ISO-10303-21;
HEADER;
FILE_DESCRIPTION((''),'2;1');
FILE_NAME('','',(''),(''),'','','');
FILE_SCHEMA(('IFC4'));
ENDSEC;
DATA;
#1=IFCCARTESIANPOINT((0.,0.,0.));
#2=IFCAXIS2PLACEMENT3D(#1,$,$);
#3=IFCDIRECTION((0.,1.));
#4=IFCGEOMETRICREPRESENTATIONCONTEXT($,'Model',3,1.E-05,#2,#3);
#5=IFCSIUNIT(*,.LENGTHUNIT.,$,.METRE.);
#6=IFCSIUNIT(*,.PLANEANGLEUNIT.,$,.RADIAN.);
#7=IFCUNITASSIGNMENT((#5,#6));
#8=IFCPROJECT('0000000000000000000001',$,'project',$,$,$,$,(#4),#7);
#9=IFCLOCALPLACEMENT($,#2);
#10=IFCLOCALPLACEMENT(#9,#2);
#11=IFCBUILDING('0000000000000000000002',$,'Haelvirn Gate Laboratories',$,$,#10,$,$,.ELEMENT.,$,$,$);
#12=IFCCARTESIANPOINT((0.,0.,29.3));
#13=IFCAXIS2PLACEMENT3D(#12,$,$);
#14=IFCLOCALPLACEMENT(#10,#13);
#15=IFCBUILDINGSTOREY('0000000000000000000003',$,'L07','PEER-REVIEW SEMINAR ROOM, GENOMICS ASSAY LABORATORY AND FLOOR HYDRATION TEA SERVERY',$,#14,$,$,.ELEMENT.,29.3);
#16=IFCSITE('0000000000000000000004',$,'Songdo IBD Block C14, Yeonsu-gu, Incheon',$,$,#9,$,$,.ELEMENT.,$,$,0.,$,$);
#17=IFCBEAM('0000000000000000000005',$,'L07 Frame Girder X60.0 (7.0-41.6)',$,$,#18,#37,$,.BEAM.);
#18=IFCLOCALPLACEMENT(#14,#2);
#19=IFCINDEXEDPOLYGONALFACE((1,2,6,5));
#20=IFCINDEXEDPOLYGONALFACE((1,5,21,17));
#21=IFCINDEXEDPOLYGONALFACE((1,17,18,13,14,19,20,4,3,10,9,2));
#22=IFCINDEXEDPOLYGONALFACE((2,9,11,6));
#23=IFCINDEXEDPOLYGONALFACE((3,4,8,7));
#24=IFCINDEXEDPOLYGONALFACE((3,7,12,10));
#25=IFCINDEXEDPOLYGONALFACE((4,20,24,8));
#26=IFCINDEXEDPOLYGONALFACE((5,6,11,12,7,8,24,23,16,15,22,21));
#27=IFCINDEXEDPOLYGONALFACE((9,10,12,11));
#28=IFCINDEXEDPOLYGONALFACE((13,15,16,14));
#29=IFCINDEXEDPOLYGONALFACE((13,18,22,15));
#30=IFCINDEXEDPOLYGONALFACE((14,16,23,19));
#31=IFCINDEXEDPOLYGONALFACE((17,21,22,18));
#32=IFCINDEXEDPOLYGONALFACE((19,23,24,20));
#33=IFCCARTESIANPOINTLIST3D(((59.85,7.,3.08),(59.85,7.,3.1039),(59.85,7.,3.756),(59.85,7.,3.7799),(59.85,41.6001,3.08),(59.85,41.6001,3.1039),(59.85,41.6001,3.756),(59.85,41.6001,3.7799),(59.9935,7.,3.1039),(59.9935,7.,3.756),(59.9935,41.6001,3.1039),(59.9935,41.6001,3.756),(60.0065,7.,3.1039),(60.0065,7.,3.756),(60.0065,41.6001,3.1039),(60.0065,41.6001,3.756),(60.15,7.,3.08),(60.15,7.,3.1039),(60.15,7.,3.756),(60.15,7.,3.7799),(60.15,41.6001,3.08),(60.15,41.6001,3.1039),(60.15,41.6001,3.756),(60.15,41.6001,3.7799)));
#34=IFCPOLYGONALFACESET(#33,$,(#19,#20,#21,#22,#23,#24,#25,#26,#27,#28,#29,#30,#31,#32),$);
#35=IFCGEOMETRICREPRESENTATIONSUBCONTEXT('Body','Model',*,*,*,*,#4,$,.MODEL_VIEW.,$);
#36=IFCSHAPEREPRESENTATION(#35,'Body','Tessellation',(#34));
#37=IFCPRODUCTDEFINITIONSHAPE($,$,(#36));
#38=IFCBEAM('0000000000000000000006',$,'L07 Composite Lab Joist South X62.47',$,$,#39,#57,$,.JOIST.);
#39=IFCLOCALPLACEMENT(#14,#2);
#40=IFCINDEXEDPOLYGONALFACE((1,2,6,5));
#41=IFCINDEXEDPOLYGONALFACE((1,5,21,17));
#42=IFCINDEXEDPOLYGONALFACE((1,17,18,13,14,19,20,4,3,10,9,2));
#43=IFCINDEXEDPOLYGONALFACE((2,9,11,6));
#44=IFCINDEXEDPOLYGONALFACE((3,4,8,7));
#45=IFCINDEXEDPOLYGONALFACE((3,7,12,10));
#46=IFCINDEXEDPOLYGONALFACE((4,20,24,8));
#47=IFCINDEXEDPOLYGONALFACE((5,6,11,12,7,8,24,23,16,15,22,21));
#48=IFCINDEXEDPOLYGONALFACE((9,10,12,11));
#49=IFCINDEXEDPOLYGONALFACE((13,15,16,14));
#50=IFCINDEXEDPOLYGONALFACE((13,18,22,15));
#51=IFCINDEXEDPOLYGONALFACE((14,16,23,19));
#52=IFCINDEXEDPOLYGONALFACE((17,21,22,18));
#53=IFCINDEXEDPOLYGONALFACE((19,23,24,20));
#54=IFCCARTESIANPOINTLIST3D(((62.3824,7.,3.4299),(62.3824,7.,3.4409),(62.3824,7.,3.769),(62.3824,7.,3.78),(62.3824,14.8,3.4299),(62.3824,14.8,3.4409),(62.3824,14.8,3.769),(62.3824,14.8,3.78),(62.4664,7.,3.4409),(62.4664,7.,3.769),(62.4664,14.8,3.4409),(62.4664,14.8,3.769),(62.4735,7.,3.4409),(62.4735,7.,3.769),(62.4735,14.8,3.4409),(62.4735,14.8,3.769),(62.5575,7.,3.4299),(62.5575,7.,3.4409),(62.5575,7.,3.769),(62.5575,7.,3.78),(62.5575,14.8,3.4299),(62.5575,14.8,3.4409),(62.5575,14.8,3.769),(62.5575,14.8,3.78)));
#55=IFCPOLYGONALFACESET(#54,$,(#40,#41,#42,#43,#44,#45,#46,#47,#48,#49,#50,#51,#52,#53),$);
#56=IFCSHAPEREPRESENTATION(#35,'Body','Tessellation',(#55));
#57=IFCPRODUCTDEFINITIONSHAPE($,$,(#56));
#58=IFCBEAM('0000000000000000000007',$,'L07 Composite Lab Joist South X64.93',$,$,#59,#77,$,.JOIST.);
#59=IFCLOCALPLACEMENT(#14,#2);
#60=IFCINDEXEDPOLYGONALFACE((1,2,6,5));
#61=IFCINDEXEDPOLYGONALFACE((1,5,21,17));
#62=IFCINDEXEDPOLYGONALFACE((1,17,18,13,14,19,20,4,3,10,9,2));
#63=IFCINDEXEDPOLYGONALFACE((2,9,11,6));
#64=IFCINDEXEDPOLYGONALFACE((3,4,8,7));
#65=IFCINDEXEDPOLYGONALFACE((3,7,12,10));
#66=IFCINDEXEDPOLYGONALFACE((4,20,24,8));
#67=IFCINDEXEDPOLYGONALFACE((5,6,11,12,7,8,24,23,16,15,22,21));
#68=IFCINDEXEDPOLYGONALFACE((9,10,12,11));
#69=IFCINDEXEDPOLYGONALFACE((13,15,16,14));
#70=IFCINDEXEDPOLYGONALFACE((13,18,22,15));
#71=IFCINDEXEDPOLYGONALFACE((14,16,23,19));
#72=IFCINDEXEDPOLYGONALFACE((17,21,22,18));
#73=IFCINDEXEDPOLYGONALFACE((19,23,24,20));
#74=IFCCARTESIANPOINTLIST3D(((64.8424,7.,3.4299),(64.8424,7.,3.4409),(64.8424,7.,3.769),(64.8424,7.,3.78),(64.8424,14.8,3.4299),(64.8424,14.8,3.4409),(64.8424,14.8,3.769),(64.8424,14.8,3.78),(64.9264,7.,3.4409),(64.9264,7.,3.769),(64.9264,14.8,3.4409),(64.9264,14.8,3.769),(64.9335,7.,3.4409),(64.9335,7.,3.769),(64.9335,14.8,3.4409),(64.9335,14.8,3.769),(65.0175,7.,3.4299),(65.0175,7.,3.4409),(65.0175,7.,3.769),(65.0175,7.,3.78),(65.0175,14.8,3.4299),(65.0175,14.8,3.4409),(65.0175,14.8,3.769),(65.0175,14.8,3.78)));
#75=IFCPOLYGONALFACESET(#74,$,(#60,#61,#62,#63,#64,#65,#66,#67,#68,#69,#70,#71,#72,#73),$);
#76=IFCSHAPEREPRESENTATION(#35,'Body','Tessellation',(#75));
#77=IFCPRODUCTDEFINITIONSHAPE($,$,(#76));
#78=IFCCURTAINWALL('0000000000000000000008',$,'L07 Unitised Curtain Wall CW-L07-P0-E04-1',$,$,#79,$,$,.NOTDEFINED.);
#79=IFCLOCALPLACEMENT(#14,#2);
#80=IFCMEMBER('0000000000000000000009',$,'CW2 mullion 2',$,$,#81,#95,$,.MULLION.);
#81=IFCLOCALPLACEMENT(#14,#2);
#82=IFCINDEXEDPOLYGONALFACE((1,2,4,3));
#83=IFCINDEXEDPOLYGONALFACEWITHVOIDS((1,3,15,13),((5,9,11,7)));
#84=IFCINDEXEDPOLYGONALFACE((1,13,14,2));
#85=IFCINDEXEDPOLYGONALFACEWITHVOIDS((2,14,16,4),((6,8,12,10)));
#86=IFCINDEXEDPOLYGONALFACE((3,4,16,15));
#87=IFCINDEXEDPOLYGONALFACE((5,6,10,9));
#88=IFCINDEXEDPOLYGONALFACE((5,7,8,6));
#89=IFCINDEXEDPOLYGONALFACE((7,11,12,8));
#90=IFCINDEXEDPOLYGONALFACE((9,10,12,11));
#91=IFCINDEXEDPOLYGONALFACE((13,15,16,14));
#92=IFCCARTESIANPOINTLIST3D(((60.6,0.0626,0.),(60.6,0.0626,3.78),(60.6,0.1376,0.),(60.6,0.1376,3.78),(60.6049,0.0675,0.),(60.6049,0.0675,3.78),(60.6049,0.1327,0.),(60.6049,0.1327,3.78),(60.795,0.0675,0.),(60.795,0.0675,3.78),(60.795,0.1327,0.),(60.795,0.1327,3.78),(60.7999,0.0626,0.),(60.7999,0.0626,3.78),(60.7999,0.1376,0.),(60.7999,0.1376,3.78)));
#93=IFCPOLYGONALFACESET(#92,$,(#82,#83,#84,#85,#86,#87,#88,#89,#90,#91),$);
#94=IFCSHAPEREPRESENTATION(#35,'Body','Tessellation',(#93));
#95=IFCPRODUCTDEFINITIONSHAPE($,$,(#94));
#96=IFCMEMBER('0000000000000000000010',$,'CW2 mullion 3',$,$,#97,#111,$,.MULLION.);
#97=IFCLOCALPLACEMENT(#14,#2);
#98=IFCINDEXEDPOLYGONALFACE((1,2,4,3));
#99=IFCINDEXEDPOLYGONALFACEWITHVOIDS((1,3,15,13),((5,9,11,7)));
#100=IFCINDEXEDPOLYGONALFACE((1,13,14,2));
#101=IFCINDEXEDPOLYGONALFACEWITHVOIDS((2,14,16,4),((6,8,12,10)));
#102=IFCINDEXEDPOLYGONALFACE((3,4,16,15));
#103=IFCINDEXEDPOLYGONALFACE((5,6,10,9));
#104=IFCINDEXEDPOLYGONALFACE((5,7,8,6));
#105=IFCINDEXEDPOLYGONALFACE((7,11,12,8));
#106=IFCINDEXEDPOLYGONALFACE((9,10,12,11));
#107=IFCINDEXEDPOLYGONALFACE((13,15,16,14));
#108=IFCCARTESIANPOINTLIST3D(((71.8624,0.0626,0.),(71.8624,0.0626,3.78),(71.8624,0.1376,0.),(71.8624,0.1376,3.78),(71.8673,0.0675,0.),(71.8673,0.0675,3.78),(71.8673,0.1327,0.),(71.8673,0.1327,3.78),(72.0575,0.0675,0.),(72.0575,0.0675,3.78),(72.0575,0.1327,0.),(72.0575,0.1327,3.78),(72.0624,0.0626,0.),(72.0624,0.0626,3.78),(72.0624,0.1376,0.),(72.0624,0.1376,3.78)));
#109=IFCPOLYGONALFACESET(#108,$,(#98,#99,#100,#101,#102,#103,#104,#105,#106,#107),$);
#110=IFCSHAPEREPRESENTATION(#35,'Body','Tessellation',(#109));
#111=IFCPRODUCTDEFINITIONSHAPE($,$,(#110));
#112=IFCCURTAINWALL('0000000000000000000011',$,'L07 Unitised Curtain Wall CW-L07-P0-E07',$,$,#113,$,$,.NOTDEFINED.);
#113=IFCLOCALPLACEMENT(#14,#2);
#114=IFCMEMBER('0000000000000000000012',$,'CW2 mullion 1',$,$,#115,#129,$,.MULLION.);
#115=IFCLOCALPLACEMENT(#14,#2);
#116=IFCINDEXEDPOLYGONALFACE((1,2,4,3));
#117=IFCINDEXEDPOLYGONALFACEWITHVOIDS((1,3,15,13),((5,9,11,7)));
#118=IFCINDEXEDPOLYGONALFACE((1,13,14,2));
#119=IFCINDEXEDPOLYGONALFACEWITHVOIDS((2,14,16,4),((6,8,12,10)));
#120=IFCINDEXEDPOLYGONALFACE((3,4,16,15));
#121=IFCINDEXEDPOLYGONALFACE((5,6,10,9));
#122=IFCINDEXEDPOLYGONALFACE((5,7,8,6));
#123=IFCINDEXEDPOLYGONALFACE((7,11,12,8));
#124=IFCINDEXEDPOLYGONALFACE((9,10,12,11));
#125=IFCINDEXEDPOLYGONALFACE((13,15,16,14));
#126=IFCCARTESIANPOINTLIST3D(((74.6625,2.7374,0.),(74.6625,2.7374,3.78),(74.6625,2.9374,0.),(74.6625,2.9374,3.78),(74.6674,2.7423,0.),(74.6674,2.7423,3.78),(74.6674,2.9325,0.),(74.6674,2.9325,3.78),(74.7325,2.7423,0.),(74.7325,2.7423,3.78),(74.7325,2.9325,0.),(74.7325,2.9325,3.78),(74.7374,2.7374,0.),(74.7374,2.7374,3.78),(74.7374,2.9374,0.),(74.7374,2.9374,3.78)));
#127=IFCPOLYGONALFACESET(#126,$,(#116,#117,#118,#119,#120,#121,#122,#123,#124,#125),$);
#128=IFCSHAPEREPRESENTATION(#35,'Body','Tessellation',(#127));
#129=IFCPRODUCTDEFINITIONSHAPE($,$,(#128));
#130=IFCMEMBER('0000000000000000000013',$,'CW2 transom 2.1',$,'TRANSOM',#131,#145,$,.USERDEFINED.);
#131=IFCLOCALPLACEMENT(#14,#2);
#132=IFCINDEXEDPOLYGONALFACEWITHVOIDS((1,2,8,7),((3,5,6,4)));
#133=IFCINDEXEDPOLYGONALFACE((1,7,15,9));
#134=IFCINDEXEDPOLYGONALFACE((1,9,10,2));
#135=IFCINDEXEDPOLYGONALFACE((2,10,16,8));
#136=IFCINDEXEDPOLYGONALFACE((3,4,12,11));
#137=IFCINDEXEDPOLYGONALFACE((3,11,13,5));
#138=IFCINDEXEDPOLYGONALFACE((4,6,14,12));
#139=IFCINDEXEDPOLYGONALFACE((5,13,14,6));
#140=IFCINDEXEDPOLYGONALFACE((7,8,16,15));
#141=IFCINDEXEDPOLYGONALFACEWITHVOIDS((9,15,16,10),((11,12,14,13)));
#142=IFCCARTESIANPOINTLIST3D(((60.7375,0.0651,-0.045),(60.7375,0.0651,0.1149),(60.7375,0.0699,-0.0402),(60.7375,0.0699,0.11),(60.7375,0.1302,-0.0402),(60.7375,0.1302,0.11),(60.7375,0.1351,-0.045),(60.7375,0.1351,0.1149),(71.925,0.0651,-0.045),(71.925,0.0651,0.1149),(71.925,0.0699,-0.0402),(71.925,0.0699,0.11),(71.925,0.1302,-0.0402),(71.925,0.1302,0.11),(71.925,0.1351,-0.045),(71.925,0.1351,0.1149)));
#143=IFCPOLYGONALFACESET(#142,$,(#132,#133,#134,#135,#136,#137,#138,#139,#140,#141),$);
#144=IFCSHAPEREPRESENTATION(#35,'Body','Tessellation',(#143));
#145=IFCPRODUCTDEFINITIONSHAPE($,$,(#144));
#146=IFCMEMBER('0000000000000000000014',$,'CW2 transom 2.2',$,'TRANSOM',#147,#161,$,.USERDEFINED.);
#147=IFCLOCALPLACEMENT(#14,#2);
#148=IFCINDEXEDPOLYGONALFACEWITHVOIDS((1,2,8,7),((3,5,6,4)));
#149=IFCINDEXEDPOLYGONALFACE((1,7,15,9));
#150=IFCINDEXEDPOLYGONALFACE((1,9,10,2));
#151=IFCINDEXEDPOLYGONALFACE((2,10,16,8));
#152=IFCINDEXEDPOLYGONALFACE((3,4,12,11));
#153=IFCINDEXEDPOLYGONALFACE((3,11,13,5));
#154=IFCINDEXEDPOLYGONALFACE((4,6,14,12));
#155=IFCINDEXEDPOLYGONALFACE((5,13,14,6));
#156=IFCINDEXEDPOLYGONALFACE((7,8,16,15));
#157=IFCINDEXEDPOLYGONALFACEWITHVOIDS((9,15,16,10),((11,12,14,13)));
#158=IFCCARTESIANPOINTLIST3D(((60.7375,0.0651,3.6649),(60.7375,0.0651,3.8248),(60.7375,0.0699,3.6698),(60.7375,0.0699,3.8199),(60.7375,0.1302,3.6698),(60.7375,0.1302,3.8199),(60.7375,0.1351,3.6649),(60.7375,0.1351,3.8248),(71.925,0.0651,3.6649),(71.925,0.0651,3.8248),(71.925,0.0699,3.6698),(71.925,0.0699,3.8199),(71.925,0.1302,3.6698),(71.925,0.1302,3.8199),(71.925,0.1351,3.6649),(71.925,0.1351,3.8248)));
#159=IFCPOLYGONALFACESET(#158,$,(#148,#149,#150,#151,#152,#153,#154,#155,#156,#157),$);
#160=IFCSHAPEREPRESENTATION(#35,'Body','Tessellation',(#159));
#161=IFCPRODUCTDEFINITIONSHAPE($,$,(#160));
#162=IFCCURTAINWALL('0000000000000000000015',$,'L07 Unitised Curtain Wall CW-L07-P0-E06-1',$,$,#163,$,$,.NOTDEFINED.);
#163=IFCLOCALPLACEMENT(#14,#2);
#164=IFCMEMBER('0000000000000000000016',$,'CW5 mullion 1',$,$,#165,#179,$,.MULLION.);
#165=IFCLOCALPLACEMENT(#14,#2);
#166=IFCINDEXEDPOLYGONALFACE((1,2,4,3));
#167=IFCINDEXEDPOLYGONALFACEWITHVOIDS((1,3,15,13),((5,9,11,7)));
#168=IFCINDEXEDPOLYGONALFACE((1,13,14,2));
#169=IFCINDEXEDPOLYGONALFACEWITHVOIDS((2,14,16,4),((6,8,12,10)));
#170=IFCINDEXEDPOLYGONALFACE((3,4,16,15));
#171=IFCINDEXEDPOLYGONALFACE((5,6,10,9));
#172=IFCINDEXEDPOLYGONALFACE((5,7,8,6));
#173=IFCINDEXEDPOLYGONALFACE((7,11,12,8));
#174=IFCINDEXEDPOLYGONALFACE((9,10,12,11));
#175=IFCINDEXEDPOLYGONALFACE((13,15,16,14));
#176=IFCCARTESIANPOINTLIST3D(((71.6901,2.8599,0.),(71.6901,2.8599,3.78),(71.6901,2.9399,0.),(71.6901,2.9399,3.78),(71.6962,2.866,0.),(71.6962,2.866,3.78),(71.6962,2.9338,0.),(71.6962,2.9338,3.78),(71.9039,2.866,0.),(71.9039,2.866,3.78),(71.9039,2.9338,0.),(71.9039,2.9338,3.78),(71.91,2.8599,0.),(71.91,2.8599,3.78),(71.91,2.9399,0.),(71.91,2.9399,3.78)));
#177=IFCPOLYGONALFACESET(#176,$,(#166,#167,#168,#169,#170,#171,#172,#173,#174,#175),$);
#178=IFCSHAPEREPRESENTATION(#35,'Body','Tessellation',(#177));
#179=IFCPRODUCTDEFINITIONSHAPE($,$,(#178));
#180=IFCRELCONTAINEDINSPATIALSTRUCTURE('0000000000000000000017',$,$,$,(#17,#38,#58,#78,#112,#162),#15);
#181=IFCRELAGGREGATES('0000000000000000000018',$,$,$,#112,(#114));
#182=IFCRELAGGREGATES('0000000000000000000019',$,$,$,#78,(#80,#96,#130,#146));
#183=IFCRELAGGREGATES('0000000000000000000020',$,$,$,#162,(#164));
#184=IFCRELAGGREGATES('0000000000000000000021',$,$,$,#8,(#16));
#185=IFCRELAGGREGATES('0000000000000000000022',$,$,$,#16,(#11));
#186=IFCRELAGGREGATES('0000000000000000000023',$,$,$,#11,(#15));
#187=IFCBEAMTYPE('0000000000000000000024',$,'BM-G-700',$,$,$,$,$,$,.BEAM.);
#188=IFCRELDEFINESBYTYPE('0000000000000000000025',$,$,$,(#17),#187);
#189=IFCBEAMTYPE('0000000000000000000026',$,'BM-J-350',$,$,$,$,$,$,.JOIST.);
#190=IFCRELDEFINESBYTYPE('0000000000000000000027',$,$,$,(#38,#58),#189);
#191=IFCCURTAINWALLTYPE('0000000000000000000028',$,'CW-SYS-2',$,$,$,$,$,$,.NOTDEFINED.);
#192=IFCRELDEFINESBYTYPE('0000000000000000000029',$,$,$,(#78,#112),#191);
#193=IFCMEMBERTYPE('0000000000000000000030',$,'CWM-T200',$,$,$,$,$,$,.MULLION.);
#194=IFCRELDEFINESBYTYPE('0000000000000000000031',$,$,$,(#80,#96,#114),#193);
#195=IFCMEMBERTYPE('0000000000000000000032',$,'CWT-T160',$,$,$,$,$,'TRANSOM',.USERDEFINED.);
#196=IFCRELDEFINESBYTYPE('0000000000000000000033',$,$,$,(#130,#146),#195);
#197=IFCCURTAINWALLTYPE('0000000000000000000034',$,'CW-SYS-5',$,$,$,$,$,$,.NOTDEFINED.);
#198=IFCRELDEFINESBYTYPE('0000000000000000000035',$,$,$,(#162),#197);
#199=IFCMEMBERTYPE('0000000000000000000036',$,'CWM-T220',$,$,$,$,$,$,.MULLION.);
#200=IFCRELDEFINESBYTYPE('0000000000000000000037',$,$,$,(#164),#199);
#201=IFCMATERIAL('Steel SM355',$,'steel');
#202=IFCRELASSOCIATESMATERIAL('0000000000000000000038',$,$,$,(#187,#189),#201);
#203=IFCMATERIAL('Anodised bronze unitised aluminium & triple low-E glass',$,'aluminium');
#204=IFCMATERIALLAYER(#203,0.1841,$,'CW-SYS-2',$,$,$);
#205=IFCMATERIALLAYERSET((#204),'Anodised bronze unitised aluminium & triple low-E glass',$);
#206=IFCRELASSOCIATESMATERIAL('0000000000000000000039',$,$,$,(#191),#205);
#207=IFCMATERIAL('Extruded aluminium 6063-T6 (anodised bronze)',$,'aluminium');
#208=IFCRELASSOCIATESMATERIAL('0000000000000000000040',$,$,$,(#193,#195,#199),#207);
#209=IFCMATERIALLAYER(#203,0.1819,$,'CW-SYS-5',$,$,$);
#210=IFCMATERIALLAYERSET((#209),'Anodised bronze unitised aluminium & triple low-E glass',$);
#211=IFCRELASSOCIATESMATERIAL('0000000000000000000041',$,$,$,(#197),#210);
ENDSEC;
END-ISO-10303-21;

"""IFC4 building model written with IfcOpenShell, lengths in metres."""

from ifc_helpers import new_model, si_unit, direction, frame, origin, origin_2d, place, context, subcontext, project, spatial, hollow_rectangle, i_section, extrude, source, transform, mapped, material, layer, layer_set, material_profile, profile_set, type_object, type_shapes, element, aggregate, save


model = new_model("IFC4")

# Units and contexts
model_context = context("Model", 3, precision=1e-05, world=origin(), true_north=direction((0.0, 1.0)))
body_context = subcontext(model_context, "Body", "Model", "MODEL_VIEW")
ifc_project = project(units=[si_unit("LENGTHUNIT", "METRE"), si_unit("PLANEANGLEUNIT", "RADIAN")], contexts=[model_context])

# Site, building, storey
site_placement = place(None, origin())
site = spatial("IfcSite", under=ifc_project, at=site_placement, Name="Songdo IBD Block C14, Yeonsu-gu, Incheon", CompositionType="ELEMENT", RefElevation=0.0)
building_placement = place(site_placement, origin())
building = spatial("IfcBuilding", under=site, at=building_placement, Name="Haelvirn Gate Laboratories", CompositionType="ELEMENT")
storey_placement = place(building_placement, frame((0.0, 0.0, 29.3)))
storey = spatial("IfcBuildingStorey", under=building, at=storey_placement, Name="L07", Description="PEER-REVIEW SEMINAR ROOM, GENOMICS ASSAY LABORATORY AND FLOOR HYDRATION TEA SERVERY", CompositionType="ELEMENT", Elevation=29.3)

# Beams
ifc_material_1 = material(Name="Steel SM355", Category="steel")
ifc_material_profile_1 = material_profile(ifc_material_1, i_section(OverallWidth=0.3, OverallDepth=0.7, WebThickness=0.0129, FlangeThickness=0.0239, at=origin_2d()), Name="H-700x300x13x24")
ifc_profile_set_1 = profile_set([ifc_material_profile_1], Name="Steel SM355")
beam_type_1 = type_object("IfcBeamType", Name="BM-G-700", PredefinedType="BEAM", material=ifc_profile_set_1)
shared_shape_1 = source(origin(), body_context, "Body", "SweptSolid", [
    extrude(i_section(OverallWidth=0.3, OverallDepth=0.7, WebThickness=0.0129, FlangeThickness=0.0239, at=origin_2d()), origin(), (0.0, 0.0, 1.0), 34.6001),
])
type_shapes(beam_type_1, [shared_shape_1])
beam_placement = place(storey_placement, frame((60.0, 7.0, 3.4299), z_axis=(0.0, 1.0, 0.0), x_axis=(-1.0, 0.0, 0.0)))
element("IfcBeam", 1, at=beam_placement, inside=storey, type_object=beam_type_1, Name="L07 Frame Girder X60.0 (7.0-41.6)", PredefinedType="BEAM", context=body_context, shape_type="MappedRepresentation", body=[
    mapped(shared_shape_1, transform((0.0, 0.0, 0.0), scale=1.0)),
])
ifc_material_profile_2 = material_profile(ifc_material_1, i_section(OverallWidth=0.175, OverallDepth=0.3501, WebThickness=0.0071, FlangeThickness=0.011, at=origin_2d()), Name="H-350x175x7x11")
ifc_profile_set_2 = profile_set([ifc_material_profile_2], Name="Steel SM355")
beam_type_2 = type_object("IfcBeamType", Name="BM-J-350", PredefinedType="JOIST", material=ifc_profile_set_2)
shared_shape_2 = source(origin(), body_context, "Body", "SweptSolid", [
    extrude(i_section(OverallWidth=0.175, OverallDepth=0.3501, WebThickness=0.0071, FlangeThickness=0.011, at=origin_2d()), origin(), (0.0, 0.0, 1.0), 7.8),
])
type_shapes(beam_type_2, [shared_shape_2])
for number, where, z_axis, x_axis, name in (
    (2, (62.47, 7.0, 3.605), (0.0, 1.0, 0.0), (-1.0, 0.0, 0.0), "L07 Composite Lab Joist South X62.47"),
    (3, (64.9299, 7.0, 3.605), (0.0, 1.0, 0.0), (-1.0, 0.0, 0.0), "L07 Composite Lab Joist South X64.93"),
):
    element("IfcBeam", number, at=place(storey_placement, frame(where, z_axis=z_axis, x_axis=x_axis)), inside=storey, type_object=beam_type_2, Name=name, PredefinedType="JOIST", context=body_context, shape_type="MappedRepresentation", body=[
        mapped(shared_shape_2, transform((0.0, 0.0, 0.0), scale=1.0)),
    ])

# Curtain wall, members
ifc_material_2 = material(Name="Anodised bronze unitised aluminium & triple low-E glass", Category="aluminium")
ifc_layer_1 = layer(ifc_material_2, 0.1841, Name="CW-SYS-2")
ifc_layer_set_1 = layer_set([ifc_layer_1], Name="Anodised bronze unitised aluminium & triple low-E glass")
curtain_wall_type_1 = type_object("IfcCurtainWallType", Name="CW-SYS-2", PredefinedType="NOTDEFINED", material=ifc_layer_set_1)
curtain_wall_1_placement = place(storey_placement, origin())
curtain_wall_1 = element("IfcCurtainWall", 4, at=curtain_wall_1_placement, inside=storey, type_object=curtain_wall_type_1, Name="L07 Unitised Curtain Wall CW-L07-P0-E04-1", PredefinedType="NOTDEFINED")
ifc_material_3 = material(Name="Extruded aluminium 6063-T6 (anodised bronze)", Category="aluminium")
ifc_material_profile_3 = material_profile(ifc_material_3, hollow_rectangle(XDim=0.075, YDim=0.2, WallThickness=0.0049, at=origin_2d()), Name="CWM-200x75x5")
ifc_profile_set_3 = profile_set([ifc_material_profile_3], Name="Extruded aluminium 6063-T6 (anodised bronze)")
member_type_1 = type_object("IfcMemberType", Name="CWM-T200", PredefinedType="MULLION", material=ifc_profile_set_3)
shared_shape_3 = source(origin(), body_context, "Body", "SweptSolid", [
    extrude(hollow_rectangle(XDim=0.075, YDim=0.2, WallThickness=0.0049, at=origin_2d()), origin(), (0.0, 0.0, 1.0), 3.78),
])
type_shapes(member_type_1, [shared_shape_3])
member_1_placement = place(storey_placement, frame((60.7, 0.1001, 0.0), z_axis=(0.0, 0.0, 1.0), x_axis=(0.0, 1.0, 0.0)))
member_1 = element("IfcMember", 5, at=member_1_placement, type_object=member_type_1, Name="CW2 mullion 2", PredefinedType="MULLION", context=body_context, shape_type="MappedRepresentation", body=[
    mapped(shared_shape_3, transform((0.0, 0.0, 0.0), scale=1.0)),
])
member_2_placement = place(storey_placement, frame((71.9624, 0.1001, 0.0), z_axis=(0.0, 0.0, 1.0), x_axis=(0.0, 1.0, 0.0)))
member_2 = element("IfcMember", 6, at=member_2_placement, type_object=member_type_1, Name="CW2 mullion 3", PredefinedType="MULLION", context=body_context, shape_type="MappedRepresentation", body=[
    mapped(shared_shape_3, transform((0.0, 0.0, 0.0), scale=1.0)),
])

# Curtain wall, member
curtain_wall_2_placement = place(storey_placement, origin())
curtain_wall_2 = element("IfcCurtainWall", 7, at=curtain_wall_2_placement, inside=storey, type_object=curtain_wall_type_1, Name="L07 Unitised Curtain Wall CW-L07-P0-E07", PredefinedType="NOTDEFINED")
member_3_placement = place(storey_placement, frame((74.7, 2.8374, 0.0), z_axis=(0.0, 0.0, 1.0), x_axis=(-1.0, 0.0, 0.0)))
member_3 = element("IfcMember", 8, at=member_3_placement, type_object=member_type_1, Name="CW2 mullion 1", PredefinedType="MULLION", context=body_context, shape_type="MappedRepresentation", body=[
    mapped(shared_shape_3, transform((0.0, 0.0, 0.0), scale=1.0)),
])

# Members
ifc_material_profile_4 = material_profile(ifc_material_3, hollow_rectangle(XDim=0.0701, YDim=0.1599, WallThickness=0.0049, at=origin_2d()), Name="CWT-160x70x5")
ifc_profile_set_4 = profile_set([ifc_material_profile_4], Name="Extruded aluminium 6063-T6 (anodised bronze)")
member_type_2 = type_object("IfcMemberType", Name="CWT-T160", ElementType="TRANSOM", PredefinedType="USERDEFINED", material=ifc_profile_set_4)
shared_shape_4 = source(origin(), body_context, "Body", "SweptSolid", [
    extrude(hollow_rectangle(XDim=0.0701, YDim=0.1599, WallThickness=0.0049, at=origin_2d()), origin(), (0.0, 0.0, 1.0), 11.1875),
])
member_4_placement = place(storey_placement, frame((60.7375, 0.1001, 0.0349), z_axis=(1.0, 0.0, 0.0), x_axis=(0.0, 1.0, 0.0)))
member_4 = element("IfcMember", 9, at=member_4_placement, type_object=member_type_2, Name="CW2 transom 2.1", ObjectType="TRANSOM", PredefinedType="USERDEFINED", context=body_context, shape_type="MappedRepresentation", body=[
    mapped(shared_shape_4, transform((0.0, 0.0, 0.0), scale=1.0)),
])
member_5_placement = place(storey_placement, frame((60.7375, 0.1001, 3.7449), z_axis=(1.0, 0.0, 0.0), x_axis=(0.0, 1.0, 0.0)))
member_5 = element("IfcMember", 10, at=member_5_placement, type_object=member_type_2, Name="CW2 transom 2.2", ObjectType="TRANSOM", PredefinedType="USERDEFINED", context=body_context, shape_type="MappedRepresentation", body=[
    mapped(shared_shape_4, transform((0.0, 0.0, 0.0), scale=1.0)),
])

# Curtain wall, member
ifc_layer_2 = layer(ifc_material_2, 0.1819, Name="CW-SYS-5")
ifc_layer_set_2 = layer_set([ifc_layer_2], Name="Anodised bronze unitised aluminium & triple low-E glass")
curtain_wall_type_2 = type_object("IfcCurtainWallType", Name="CW-SYS-5", PredefinedType="NOTDEFINED", material=ifc_layer_set_2)
curtain_wall_3_placement = place(storey_placement, origin())
curtain_wall_3 = element("IfcCurtainWall", 11, at=curtain_wall_3_placement, inside=storey, type_object=curtain_wall_type_2, Name="L07 Unitised Curtain Wall CW-L07-P0-E06-1", PredefinedType="NOTDEFINED")
ifc_material_profile_5 = material_profile(ifc_material_3, hollow_rectangle(XDim=0.0801, YDim=0.22, WallThickness=0.0061, at=origin_2d()), Name="CWM-220x80x6")
ifc_profile_set_5 = profile_set([ifc_material_profile_5], Name="Extruded aluminium 6063-T6 (anodised bronze)")
member_type_3 = type_object("IfcMemberType", Name="CWM-T220", PredefinedType="MULLION", material=ifc_profile_set_5)
shared_shape_5 = source(origin(), body_context, "Body", "SweptSolid", [
    extrude(hollow_rectangle(XDim=0.0801, YDim=0.22, WallThickness=0.0061, at=origin_2d()), origin(), (0.0, 0.0, 1.0), 3.78),
])
type_shapes(member_type_3, [shared_shape_5])
member_6_placement = place(storey_placement, frame((71.8, 2.8999, 0.0), z_axis=(0.0, 0.0, 1.0), x_axis=(0.0, 1.0, 0.0)))
member_6 = element("IfcMember", 12, at=member_6_placement, type_object=member_type_3, Name="CW5 mullion 1", PredefinedType="MULLION", context=body_context, shape_type="MappedRepresentation", body=[
    mapped(shared_shape_5, transform((0.0, 0.0, 0.0), scale=1.0)),
])

aggregate(curtain_wall_2, [member_3])

aggregate(curtain_wall_1, [member_1, member_2, member_4, member_5])
aggregate(curtain_wall_3, [member_6])

save(model, "model.ifc")
